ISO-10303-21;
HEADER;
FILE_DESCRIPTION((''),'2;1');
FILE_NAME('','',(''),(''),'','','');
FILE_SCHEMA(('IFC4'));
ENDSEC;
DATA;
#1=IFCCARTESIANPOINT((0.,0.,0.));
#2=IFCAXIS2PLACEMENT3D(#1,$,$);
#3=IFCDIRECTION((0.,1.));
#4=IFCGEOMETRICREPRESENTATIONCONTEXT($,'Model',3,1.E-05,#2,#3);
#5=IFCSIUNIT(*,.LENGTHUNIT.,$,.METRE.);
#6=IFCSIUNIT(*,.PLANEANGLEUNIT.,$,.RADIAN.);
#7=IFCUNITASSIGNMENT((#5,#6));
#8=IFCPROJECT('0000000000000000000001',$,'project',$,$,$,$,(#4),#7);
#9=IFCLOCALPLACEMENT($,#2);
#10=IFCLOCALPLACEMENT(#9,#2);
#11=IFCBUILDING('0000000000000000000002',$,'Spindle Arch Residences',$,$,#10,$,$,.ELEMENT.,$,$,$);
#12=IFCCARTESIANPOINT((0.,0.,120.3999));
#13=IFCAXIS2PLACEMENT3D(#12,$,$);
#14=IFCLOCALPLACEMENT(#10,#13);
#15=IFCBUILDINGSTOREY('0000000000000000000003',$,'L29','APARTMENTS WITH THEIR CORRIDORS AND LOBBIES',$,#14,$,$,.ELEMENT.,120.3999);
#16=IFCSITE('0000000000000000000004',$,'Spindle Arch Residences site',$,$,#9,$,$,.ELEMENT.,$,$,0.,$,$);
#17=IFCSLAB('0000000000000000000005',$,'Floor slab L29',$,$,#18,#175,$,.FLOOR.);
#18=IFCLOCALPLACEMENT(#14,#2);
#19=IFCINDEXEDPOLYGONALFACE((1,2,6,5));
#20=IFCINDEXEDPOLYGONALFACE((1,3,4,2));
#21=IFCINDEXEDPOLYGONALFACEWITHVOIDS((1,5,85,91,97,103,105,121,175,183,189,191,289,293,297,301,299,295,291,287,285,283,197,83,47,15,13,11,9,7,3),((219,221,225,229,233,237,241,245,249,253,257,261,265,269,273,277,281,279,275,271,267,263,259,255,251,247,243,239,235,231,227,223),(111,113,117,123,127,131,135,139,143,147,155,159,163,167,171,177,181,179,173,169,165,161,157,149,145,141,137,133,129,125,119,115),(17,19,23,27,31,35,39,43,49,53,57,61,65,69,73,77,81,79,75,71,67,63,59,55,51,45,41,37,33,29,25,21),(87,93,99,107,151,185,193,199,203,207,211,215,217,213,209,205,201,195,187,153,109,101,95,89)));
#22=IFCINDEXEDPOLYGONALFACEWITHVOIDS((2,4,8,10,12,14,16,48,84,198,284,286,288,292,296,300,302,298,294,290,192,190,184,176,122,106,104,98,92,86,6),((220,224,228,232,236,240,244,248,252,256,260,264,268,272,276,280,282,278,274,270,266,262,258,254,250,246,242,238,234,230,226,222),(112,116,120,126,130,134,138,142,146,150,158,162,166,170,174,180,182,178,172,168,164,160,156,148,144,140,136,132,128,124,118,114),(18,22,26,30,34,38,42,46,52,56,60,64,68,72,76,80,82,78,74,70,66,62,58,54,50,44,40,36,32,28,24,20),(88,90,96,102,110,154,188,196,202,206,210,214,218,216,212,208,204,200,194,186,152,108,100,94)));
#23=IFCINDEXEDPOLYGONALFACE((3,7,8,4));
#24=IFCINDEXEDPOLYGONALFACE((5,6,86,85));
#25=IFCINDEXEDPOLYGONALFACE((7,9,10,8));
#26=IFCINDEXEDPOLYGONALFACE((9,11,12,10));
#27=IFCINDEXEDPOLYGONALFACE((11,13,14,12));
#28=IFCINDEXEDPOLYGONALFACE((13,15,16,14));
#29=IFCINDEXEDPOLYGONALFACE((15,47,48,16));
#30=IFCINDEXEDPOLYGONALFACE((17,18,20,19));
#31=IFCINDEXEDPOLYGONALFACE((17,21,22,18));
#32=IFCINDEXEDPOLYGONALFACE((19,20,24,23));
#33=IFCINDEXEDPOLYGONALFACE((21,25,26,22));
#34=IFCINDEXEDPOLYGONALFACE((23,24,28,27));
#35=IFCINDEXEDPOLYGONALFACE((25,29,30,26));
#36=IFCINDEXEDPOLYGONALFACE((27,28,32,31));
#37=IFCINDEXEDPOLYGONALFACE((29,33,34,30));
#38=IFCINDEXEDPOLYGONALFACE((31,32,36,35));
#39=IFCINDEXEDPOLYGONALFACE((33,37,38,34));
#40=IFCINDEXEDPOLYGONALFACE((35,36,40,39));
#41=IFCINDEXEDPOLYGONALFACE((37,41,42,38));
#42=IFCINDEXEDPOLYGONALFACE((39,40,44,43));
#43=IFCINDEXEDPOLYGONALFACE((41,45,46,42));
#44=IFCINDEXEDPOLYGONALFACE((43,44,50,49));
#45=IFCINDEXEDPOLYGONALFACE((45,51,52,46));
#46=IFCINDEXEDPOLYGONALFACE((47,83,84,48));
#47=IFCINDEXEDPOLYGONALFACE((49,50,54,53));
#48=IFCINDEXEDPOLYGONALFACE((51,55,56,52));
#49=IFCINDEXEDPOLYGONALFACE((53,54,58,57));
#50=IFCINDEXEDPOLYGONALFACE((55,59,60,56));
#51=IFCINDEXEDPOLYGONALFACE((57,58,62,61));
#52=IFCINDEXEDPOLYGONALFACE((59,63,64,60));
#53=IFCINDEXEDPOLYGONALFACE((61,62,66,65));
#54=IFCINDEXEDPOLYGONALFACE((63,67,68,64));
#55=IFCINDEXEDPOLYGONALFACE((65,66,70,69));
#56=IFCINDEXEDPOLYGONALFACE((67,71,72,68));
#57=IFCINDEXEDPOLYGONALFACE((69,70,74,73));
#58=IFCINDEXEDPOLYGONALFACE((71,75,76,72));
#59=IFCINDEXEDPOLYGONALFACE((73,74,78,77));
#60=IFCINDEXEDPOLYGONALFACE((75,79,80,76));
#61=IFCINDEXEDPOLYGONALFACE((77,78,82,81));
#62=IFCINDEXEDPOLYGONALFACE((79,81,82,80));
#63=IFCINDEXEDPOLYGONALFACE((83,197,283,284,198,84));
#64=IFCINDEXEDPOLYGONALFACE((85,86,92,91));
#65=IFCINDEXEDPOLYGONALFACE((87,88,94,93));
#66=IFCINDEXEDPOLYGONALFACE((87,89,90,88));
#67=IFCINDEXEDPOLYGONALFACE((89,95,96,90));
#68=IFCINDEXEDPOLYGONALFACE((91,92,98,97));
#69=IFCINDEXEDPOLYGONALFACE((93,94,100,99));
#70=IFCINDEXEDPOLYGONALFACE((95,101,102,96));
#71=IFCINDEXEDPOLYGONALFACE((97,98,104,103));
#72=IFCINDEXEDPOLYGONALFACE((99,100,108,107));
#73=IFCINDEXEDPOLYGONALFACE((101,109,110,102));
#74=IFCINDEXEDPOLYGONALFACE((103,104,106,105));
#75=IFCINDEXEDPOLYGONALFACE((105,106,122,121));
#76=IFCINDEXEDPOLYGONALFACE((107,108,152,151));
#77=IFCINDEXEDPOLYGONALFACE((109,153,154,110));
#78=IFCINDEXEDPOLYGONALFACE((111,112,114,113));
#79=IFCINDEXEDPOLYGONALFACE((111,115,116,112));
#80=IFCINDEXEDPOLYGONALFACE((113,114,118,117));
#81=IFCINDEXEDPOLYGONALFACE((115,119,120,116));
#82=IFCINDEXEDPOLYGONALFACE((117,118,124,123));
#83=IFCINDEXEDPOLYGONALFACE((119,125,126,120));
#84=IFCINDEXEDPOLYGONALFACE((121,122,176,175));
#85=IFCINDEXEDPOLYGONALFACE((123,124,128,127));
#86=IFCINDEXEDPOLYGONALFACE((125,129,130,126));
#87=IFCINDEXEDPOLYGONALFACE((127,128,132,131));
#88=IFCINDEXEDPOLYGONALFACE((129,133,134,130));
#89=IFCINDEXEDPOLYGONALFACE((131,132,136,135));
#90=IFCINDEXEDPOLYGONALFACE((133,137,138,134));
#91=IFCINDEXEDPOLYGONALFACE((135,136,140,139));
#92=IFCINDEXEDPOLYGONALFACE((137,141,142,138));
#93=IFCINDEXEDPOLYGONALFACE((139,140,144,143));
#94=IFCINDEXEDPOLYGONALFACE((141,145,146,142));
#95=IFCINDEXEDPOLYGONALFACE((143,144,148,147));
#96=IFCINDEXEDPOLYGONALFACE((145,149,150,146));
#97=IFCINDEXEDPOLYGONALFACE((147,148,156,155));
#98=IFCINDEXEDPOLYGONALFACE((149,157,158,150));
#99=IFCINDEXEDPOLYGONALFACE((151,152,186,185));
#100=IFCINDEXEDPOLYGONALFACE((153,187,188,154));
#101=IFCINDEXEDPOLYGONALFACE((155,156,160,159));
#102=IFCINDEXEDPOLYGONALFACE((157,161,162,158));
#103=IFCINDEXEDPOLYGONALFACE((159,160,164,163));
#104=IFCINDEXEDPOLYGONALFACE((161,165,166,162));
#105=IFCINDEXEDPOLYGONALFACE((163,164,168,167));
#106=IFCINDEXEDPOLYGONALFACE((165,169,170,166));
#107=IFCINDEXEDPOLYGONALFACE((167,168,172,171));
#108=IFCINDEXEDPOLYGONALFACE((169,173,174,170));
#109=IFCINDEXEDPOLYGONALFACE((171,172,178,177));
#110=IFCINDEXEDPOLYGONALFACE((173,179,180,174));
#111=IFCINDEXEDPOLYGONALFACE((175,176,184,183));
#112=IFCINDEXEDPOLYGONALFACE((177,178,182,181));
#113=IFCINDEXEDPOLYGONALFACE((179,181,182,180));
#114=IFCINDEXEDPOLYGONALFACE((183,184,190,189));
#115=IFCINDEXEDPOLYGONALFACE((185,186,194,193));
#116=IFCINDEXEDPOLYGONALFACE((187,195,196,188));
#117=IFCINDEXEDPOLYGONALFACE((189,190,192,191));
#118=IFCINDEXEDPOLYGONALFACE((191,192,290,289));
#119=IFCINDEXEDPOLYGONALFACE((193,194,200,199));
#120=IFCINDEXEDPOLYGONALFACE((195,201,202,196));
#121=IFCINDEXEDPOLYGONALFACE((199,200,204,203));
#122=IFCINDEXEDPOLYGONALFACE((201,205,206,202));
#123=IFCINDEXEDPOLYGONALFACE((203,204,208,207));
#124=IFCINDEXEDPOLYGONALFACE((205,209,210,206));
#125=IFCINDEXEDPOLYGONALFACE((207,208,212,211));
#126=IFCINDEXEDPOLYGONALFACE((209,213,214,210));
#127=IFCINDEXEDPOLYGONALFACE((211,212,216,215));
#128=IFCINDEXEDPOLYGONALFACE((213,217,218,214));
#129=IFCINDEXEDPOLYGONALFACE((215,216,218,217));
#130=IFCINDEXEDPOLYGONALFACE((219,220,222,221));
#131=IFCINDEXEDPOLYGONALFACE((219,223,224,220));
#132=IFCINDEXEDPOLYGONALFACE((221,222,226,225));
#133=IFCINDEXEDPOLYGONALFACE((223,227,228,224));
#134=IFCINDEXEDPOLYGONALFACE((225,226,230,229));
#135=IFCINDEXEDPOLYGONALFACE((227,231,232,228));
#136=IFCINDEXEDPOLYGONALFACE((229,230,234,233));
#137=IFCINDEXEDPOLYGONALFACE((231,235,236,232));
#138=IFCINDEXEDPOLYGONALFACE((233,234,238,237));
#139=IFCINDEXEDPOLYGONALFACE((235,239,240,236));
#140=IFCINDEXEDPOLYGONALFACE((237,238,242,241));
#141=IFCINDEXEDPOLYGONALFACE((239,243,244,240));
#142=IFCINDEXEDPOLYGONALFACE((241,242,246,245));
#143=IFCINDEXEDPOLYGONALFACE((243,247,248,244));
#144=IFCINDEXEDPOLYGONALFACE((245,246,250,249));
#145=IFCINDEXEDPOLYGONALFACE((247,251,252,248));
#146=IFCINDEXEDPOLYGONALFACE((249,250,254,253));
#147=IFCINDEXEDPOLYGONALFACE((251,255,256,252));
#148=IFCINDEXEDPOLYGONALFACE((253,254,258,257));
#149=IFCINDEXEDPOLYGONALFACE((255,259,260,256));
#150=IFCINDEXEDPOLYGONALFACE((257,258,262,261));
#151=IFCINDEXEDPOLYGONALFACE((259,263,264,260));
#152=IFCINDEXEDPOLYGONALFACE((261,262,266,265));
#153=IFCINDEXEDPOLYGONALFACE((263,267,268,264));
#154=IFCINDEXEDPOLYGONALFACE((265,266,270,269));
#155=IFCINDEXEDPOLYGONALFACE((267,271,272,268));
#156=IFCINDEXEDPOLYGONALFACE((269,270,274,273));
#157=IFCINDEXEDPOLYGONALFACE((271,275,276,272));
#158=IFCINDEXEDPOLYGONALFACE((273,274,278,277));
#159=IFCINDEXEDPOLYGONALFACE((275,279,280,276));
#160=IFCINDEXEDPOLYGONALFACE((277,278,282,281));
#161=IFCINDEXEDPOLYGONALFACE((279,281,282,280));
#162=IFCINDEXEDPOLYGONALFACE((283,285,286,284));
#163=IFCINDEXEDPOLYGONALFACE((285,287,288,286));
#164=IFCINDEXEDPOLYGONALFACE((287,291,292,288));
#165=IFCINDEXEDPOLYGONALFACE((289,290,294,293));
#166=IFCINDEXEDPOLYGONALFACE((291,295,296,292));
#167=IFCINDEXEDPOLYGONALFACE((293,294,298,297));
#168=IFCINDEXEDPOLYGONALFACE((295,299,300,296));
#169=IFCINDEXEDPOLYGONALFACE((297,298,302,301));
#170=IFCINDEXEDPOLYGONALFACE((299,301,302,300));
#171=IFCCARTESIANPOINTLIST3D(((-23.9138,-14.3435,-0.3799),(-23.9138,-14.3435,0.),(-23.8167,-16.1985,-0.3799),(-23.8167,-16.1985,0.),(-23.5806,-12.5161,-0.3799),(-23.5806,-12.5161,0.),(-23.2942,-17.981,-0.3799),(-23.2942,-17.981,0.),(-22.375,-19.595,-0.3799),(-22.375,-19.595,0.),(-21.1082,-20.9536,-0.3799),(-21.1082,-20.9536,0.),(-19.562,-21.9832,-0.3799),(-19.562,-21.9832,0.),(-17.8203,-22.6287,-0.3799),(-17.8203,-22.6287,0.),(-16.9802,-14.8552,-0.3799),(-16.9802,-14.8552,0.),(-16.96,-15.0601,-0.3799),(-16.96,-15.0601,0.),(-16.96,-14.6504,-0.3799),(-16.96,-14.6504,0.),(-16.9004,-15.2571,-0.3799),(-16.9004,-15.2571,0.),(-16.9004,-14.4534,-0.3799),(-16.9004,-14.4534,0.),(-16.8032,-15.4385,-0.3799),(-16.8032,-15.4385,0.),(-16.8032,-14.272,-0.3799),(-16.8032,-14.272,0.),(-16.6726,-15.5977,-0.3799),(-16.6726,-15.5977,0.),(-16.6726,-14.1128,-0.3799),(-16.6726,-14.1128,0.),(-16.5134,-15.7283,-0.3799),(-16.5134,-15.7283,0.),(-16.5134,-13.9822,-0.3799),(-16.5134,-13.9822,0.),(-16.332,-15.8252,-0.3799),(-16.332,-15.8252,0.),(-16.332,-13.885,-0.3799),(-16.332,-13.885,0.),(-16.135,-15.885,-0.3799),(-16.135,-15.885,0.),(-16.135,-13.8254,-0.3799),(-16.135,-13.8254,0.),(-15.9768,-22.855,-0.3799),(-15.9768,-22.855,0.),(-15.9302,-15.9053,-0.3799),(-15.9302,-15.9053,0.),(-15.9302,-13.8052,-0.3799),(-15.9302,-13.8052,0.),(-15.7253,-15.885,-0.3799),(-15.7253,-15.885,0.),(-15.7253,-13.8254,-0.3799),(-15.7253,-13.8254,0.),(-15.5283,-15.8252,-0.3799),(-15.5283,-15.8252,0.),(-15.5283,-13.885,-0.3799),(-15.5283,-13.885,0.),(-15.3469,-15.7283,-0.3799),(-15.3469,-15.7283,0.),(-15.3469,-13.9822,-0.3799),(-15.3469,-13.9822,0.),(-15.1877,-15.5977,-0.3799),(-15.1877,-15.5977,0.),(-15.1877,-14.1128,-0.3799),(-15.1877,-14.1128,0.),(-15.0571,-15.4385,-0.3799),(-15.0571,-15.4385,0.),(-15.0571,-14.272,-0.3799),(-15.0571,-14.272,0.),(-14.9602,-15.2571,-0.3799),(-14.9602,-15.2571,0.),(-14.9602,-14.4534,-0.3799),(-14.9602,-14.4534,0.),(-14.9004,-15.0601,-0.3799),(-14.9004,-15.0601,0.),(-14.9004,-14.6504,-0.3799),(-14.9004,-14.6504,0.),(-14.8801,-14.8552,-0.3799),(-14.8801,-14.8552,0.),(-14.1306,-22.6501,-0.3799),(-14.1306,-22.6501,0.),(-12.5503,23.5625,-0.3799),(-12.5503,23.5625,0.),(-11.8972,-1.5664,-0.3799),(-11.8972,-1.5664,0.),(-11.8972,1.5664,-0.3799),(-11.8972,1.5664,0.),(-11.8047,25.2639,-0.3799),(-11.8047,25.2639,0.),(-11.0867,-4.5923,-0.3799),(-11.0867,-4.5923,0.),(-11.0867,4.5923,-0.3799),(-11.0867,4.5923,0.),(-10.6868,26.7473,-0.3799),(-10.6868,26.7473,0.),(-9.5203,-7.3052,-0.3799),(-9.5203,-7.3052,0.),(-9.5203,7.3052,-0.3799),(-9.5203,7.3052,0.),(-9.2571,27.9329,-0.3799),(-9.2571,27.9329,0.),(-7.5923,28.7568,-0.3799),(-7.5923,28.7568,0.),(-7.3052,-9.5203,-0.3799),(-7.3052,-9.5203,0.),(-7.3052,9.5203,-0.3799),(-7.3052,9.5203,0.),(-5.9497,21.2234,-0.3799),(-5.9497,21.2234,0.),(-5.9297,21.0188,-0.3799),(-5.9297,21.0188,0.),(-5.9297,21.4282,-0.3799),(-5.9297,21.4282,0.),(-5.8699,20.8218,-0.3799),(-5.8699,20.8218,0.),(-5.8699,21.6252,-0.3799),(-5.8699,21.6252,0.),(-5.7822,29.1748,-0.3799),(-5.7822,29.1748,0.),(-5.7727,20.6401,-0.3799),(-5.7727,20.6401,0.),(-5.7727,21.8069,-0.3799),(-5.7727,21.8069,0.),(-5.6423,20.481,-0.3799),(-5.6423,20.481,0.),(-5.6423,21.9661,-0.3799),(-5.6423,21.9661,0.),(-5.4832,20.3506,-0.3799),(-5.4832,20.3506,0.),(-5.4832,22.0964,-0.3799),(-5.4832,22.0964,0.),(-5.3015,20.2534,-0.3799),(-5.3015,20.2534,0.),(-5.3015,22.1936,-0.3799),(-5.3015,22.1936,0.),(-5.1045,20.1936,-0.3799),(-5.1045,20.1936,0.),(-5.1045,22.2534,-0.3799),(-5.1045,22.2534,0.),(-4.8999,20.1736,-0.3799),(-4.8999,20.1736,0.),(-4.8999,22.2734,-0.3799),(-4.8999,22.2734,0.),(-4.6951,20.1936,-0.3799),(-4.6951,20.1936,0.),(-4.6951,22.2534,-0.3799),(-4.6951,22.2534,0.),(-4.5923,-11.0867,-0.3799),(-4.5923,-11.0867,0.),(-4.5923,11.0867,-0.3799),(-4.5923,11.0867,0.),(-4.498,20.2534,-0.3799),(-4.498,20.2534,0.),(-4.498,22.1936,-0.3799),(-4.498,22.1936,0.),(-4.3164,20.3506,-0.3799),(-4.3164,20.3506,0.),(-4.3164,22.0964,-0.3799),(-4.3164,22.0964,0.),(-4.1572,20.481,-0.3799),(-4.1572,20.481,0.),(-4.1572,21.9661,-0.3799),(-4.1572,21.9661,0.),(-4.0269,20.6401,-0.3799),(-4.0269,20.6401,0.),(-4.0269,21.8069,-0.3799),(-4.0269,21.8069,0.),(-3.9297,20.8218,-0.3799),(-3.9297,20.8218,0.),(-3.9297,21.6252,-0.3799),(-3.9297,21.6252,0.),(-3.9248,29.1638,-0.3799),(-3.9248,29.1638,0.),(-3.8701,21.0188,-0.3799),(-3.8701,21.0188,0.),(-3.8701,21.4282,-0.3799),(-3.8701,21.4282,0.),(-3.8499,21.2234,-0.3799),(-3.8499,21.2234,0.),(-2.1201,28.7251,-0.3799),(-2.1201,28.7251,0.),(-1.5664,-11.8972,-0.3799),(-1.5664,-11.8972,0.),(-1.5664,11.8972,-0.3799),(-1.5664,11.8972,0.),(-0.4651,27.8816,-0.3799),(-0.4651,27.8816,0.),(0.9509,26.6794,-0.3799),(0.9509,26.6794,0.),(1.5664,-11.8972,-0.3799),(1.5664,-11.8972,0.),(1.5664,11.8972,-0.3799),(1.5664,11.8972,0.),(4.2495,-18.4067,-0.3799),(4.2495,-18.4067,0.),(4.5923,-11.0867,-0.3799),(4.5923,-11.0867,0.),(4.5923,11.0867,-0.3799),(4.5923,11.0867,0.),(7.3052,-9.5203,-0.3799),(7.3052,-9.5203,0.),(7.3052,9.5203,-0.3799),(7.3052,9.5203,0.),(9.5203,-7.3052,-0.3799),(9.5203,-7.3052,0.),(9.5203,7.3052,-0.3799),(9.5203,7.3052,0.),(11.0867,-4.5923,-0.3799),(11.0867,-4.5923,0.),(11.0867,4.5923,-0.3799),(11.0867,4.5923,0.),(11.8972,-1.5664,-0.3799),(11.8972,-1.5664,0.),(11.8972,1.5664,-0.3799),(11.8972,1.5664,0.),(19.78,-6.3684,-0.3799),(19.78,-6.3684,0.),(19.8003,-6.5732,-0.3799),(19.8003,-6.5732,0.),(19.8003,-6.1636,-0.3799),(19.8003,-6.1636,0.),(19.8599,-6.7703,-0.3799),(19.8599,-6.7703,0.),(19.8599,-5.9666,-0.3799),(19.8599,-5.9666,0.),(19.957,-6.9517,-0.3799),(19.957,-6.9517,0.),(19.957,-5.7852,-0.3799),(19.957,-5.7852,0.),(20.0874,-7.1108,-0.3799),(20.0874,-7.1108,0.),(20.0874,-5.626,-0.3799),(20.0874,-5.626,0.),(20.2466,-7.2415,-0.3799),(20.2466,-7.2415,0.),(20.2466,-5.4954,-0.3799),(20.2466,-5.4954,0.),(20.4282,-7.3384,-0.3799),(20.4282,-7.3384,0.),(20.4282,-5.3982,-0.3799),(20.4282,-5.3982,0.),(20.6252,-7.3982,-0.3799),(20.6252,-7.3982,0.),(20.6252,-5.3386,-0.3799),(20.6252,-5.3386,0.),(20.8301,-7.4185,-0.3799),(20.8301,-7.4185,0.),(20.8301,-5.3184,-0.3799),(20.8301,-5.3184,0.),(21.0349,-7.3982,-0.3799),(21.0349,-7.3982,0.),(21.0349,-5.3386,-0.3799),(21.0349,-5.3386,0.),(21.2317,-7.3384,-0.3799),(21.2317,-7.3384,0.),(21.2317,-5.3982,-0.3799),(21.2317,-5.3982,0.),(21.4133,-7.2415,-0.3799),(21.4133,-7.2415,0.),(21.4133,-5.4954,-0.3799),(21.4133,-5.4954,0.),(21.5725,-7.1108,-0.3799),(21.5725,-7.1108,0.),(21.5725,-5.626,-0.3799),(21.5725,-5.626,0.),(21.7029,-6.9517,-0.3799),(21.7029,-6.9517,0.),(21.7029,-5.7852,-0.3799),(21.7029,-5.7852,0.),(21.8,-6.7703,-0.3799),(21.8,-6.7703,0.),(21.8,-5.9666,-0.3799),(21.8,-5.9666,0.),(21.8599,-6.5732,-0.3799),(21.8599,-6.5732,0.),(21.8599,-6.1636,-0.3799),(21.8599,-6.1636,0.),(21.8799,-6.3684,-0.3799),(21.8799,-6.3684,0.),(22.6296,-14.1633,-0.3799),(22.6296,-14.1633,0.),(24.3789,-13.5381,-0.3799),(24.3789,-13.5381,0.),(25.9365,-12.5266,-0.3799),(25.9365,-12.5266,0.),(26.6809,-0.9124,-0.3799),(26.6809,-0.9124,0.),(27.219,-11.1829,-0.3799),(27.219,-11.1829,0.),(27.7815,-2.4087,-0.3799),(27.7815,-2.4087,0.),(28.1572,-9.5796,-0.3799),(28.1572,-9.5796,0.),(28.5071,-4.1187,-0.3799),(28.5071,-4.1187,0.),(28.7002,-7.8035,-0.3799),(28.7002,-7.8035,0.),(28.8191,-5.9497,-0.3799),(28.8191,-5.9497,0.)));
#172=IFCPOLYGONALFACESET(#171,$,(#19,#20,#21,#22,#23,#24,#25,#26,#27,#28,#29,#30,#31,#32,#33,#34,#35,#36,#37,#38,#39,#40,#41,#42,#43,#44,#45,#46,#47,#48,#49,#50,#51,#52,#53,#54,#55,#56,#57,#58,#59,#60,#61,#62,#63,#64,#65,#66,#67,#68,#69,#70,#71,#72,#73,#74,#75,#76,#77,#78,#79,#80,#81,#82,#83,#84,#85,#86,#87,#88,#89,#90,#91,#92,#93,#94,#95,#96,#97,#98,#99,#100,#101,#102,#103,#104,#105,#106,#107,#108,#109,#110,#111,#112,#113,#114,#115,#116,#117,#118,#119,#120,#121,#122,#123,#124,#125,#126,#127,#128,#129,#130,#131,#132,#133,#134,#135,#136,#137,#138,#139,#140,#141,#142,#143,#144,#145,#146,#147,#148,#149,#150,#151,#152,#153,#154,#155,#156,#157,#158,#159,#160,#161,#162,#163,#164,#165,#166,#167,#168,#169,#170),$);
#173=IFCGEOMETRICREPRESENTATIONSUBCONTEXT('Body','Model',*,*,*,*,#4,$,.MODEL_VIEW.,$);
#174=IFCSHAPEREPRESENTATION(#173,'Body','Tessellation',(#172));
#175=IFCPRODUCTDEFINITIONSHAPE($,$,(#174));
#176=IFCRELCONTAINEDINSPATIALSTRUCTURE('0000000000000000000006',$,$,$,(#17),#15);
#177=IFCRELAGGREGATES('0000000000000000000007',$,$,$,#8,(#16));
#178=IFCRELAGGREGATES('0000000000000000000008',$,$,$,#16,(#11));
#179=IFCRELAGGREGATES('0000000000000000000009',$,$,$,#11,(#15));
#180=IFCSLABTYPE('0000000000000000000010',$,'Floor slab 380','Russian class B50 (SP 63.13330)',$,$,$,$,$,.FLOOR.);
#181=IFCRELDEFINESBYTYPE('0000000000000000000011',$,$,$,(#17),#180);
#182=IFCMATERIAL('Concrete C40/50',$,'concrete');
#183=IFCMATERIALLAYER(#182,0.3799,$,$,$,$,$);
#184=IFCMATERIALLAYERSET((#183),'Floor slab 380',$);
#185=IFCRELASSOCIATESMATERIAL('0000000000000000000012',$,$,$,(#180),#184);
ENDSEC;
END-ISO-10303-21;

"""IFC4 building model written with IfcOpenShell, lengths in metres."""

from ifc_helpers import new_model, si_unit, direction, frame, origin, place, context, subcontext, project, spatial, polyline, outline, extrude, material, layer, layer_set, type_object, element, save


model = new_model("IFC4")

# Units and contexts
model_context = context("Model", 3, precision=1e-05, world=origin(), true_north=direction((0.0, 1.0)))
body_context = subcontext(model_context, "Body", "Model", "MODEL_VIEW")
ifc_project = project(units=[si_unit("LENGTHUNIT", "METRE"), si_unit("PLANEANGLEUNIT", "RADIAN")], contexts=[model_context])

# Site, building, storey
site_placement = place(None, origin())
site = spatial("IfcSite", under=ifc_project, at=site_placement, Name="Spindle Arch Residences site", CompositionType="ELEMENT", RefElevation=0.0)
building_placement = place(site_placement, origin())
building = spatial("IfcBuilding", under=site, at=building_placement, Name="Spindle Arch Residences", CompositionType="ELEMENT")
storey_placement = place(building_placement, frame((0.0, 0.0, 120.3999)))
storey = spatial("IfcBuildingStorey", under=building, at=storey_placement, Name="L29", Description="APARTMENTS WITH THEIR CORRIDORS AND LOBBIES", CompositionType="ELEMENT", Elevation=120.3999)

# Slab
ifc_material_1 = material(Name="Concrete C40/50", Category="concrete")
ifc_layer_1 = layer(ifc_material_1, 0.3799)
ifc_layer_set_1 = layer_set([ifc_layer_1], Name="Floor slab 380")
slab_type_1 = type_object("IfcSlabType", Name="Floor slab 380", Description="Russian class B50 (SP 63.13330)", PredefinedType="FLOOR", material=ifc_layer_set_1)
slab_1_placement = place(storey_placement, frame((0.0, 0.0, -0.3799)))
element("IfcSlab", 1, at=slab_1_placement, inside=storey, type_object=slab_type_1, Name="Floor slab L29", PredefinedType="FLOOR", context=body_context, shape_type="SweptSolid", body=[
    extrude(outline(polyline([(-15.9768, -22.855), (-17.8203, -22.6287), (-19.562, -21.9832), (-21.1082, -20.9536), (-22.375, -19.595), (-23.2942, -17.981), (-23.8167, -16.1985), (-23.9138, -14.3435), (-23.5806, -12.5161), (-12.5503, 23.5625), (-11.8047, 25.2639), (-10.6868, 26.7473), (-9.2571, 27.9329), (-7.5923, 28.7568), (-5.7822, 29.1748), (-3.9248, 29.1638), (-2.1201, 28.7251), (-0.4651, 27.8816), (0.9509, 26.6794), (26.6809, -0.9124), (27.7815, -2.4087), (28.5071, -4.1187), (28.8191, -5.9497), (28.7002, -7.8035), (28.1572, -9.5796), (27.219, -11.1829), (25.9365, -12.5266), (24.3789, -13.5381), (22.6296, -14.1633), (4.2495, -18.4067), (-14.1306, -22.6501), (-15.9768, -22.855)]), holes=[polyline([(7.3052, -9.5203), (9.5203, -7.3052), (11.0867, -4.5923), (11.8972, -1.5664), (11.8972, 1.5664), (11.0867, 4.5923), (9.5203, 7.3052), (7.3052, 9.5203), (4.5923, 11.0867), (1.5664, 11.8972), (-1.5664, 11.8972), (-4.5923, 11.0867), (-7.3052, 9.5203), (-9.5203, 7.3052), (-11.0867, 4.5923), (-11.8972, 1.5664), (-11.8972, -1.5664), (-11.0867, -4.5923), (-9.5203, -7.3052), (-7.3052, -9.5203), (-4.5923, -11.0867), (-1.5664, -11.8972), (1.5664, -11.8972), (4.5923, -11.0867), (7.3052, -9.5203)]), polyline([(-15.1877, -15.5977), (-15.0571, -15.4385), (-14.9602, -15.2571), (-14.9004, -15.0601), (-14.8801, -14.8552), (-14.9004, -14.6504), (-14.9602, -14.4534), (-15.0571, -14.272), (-15.1877, -14.1128), (-15.3469, -13.9822), (-15.5283, -13.885), (-15.7253, -13.8254), (-15.9302, -13.8052), (-16.135, -13.8254), (-16.332, -13.885), (-16.5134, -13.9822), (-16.6726, -14.1128), (-16.8032, -14.272), (-16.9004, -14.4534), (-16.96, -14.6504), (-16.9802, -14.8552), (-16.96, -15.0601), (-16.9004, -15.2571), (-16.8032, -15.4385), (-16.6726, -15.5977), (-16.5134, -15.7283), (-16.332, -15.8252), (-16.135, -15.885), (-15.9302, -15.9053), (-15.7253, -15.885), (-15.5283, -15.8252), (-15.3469, -15.7283), (-15.1877, -15.5977)]), polyline([(-4.0269, 20.6401), (-3.9297, 20.8218), (-3.8701, 21.0188), (-3.8499, 21.2234), (-3.8701, 21.4282), (-3.9297, 21.6252), (-4.0269, 21.8069), (-4.1572, 21.9661), (-4.3164, 22.0964), (-4.498, 22.1936), (-4.6951, 22.2534), (-4.8999, 22.2734), (-5.1045, 22.2534), (-5.3015, 22.1936), (-5.4832, 22.0964), (-5.6423, 21.9661), (-5.7727, 21.8069), (-5.8699, 21.6252), (-5.9297, 21.4282), (-5.9497, 21.2234), (-5.9297, 21.0188), (-5.8699, 20.8218), (-5.7727, 20.6401), (-5.6423, 20.481), (-5.4832, 20.3506), (-5.3015, 20.2534), (-5.1045, 20.1936), (-4.8999, 20.1736), (-4.6951, 20.1936), (-4.498, 20.2534), (-4.3164, 20.3506), (-4.1572, 20.481), (-4.0269, 20.6401)]), polyline([(21.7029, -6.9517), (21.8, -6.7703), (21.8599, -6.5732), (21.8799, -6.3684), (21.8599, -6.1636), (21.8, -5.9666), (21.7029, -5.7852), (21.5725, -5.626), (21.4133, -5.4954), (21.2317, -5.3982), (21.0349, -5.3386), (20.8301, -5.3184), (20.6252, -5.3386), (20.4282, -5.3982), (20.2466, -5.4954), (20.0874, -5.626), (19.957, -5.7852), (19.8599, -5.9666), (19.8003, -6.1636), (19.78, -6.3684), (19.8003, -6.5732), (19.8599, -6.7703), (19.957, -6.9517), (20.0874, -7.1108), (20.2466, -7.2415), (20.4282, -7.3384), (20.6252, -7.3982), (20.8301, -7.4185), (21.0349, -7.3982), (21.2317, -7.3384), (21.4133, -7.2415), (21.5725, -7.1108), (21.7029, -6.9517)])]), origin(), (0.0, 0.0, 1.0), 0.3799),
])

save(model, "model.ifc")
